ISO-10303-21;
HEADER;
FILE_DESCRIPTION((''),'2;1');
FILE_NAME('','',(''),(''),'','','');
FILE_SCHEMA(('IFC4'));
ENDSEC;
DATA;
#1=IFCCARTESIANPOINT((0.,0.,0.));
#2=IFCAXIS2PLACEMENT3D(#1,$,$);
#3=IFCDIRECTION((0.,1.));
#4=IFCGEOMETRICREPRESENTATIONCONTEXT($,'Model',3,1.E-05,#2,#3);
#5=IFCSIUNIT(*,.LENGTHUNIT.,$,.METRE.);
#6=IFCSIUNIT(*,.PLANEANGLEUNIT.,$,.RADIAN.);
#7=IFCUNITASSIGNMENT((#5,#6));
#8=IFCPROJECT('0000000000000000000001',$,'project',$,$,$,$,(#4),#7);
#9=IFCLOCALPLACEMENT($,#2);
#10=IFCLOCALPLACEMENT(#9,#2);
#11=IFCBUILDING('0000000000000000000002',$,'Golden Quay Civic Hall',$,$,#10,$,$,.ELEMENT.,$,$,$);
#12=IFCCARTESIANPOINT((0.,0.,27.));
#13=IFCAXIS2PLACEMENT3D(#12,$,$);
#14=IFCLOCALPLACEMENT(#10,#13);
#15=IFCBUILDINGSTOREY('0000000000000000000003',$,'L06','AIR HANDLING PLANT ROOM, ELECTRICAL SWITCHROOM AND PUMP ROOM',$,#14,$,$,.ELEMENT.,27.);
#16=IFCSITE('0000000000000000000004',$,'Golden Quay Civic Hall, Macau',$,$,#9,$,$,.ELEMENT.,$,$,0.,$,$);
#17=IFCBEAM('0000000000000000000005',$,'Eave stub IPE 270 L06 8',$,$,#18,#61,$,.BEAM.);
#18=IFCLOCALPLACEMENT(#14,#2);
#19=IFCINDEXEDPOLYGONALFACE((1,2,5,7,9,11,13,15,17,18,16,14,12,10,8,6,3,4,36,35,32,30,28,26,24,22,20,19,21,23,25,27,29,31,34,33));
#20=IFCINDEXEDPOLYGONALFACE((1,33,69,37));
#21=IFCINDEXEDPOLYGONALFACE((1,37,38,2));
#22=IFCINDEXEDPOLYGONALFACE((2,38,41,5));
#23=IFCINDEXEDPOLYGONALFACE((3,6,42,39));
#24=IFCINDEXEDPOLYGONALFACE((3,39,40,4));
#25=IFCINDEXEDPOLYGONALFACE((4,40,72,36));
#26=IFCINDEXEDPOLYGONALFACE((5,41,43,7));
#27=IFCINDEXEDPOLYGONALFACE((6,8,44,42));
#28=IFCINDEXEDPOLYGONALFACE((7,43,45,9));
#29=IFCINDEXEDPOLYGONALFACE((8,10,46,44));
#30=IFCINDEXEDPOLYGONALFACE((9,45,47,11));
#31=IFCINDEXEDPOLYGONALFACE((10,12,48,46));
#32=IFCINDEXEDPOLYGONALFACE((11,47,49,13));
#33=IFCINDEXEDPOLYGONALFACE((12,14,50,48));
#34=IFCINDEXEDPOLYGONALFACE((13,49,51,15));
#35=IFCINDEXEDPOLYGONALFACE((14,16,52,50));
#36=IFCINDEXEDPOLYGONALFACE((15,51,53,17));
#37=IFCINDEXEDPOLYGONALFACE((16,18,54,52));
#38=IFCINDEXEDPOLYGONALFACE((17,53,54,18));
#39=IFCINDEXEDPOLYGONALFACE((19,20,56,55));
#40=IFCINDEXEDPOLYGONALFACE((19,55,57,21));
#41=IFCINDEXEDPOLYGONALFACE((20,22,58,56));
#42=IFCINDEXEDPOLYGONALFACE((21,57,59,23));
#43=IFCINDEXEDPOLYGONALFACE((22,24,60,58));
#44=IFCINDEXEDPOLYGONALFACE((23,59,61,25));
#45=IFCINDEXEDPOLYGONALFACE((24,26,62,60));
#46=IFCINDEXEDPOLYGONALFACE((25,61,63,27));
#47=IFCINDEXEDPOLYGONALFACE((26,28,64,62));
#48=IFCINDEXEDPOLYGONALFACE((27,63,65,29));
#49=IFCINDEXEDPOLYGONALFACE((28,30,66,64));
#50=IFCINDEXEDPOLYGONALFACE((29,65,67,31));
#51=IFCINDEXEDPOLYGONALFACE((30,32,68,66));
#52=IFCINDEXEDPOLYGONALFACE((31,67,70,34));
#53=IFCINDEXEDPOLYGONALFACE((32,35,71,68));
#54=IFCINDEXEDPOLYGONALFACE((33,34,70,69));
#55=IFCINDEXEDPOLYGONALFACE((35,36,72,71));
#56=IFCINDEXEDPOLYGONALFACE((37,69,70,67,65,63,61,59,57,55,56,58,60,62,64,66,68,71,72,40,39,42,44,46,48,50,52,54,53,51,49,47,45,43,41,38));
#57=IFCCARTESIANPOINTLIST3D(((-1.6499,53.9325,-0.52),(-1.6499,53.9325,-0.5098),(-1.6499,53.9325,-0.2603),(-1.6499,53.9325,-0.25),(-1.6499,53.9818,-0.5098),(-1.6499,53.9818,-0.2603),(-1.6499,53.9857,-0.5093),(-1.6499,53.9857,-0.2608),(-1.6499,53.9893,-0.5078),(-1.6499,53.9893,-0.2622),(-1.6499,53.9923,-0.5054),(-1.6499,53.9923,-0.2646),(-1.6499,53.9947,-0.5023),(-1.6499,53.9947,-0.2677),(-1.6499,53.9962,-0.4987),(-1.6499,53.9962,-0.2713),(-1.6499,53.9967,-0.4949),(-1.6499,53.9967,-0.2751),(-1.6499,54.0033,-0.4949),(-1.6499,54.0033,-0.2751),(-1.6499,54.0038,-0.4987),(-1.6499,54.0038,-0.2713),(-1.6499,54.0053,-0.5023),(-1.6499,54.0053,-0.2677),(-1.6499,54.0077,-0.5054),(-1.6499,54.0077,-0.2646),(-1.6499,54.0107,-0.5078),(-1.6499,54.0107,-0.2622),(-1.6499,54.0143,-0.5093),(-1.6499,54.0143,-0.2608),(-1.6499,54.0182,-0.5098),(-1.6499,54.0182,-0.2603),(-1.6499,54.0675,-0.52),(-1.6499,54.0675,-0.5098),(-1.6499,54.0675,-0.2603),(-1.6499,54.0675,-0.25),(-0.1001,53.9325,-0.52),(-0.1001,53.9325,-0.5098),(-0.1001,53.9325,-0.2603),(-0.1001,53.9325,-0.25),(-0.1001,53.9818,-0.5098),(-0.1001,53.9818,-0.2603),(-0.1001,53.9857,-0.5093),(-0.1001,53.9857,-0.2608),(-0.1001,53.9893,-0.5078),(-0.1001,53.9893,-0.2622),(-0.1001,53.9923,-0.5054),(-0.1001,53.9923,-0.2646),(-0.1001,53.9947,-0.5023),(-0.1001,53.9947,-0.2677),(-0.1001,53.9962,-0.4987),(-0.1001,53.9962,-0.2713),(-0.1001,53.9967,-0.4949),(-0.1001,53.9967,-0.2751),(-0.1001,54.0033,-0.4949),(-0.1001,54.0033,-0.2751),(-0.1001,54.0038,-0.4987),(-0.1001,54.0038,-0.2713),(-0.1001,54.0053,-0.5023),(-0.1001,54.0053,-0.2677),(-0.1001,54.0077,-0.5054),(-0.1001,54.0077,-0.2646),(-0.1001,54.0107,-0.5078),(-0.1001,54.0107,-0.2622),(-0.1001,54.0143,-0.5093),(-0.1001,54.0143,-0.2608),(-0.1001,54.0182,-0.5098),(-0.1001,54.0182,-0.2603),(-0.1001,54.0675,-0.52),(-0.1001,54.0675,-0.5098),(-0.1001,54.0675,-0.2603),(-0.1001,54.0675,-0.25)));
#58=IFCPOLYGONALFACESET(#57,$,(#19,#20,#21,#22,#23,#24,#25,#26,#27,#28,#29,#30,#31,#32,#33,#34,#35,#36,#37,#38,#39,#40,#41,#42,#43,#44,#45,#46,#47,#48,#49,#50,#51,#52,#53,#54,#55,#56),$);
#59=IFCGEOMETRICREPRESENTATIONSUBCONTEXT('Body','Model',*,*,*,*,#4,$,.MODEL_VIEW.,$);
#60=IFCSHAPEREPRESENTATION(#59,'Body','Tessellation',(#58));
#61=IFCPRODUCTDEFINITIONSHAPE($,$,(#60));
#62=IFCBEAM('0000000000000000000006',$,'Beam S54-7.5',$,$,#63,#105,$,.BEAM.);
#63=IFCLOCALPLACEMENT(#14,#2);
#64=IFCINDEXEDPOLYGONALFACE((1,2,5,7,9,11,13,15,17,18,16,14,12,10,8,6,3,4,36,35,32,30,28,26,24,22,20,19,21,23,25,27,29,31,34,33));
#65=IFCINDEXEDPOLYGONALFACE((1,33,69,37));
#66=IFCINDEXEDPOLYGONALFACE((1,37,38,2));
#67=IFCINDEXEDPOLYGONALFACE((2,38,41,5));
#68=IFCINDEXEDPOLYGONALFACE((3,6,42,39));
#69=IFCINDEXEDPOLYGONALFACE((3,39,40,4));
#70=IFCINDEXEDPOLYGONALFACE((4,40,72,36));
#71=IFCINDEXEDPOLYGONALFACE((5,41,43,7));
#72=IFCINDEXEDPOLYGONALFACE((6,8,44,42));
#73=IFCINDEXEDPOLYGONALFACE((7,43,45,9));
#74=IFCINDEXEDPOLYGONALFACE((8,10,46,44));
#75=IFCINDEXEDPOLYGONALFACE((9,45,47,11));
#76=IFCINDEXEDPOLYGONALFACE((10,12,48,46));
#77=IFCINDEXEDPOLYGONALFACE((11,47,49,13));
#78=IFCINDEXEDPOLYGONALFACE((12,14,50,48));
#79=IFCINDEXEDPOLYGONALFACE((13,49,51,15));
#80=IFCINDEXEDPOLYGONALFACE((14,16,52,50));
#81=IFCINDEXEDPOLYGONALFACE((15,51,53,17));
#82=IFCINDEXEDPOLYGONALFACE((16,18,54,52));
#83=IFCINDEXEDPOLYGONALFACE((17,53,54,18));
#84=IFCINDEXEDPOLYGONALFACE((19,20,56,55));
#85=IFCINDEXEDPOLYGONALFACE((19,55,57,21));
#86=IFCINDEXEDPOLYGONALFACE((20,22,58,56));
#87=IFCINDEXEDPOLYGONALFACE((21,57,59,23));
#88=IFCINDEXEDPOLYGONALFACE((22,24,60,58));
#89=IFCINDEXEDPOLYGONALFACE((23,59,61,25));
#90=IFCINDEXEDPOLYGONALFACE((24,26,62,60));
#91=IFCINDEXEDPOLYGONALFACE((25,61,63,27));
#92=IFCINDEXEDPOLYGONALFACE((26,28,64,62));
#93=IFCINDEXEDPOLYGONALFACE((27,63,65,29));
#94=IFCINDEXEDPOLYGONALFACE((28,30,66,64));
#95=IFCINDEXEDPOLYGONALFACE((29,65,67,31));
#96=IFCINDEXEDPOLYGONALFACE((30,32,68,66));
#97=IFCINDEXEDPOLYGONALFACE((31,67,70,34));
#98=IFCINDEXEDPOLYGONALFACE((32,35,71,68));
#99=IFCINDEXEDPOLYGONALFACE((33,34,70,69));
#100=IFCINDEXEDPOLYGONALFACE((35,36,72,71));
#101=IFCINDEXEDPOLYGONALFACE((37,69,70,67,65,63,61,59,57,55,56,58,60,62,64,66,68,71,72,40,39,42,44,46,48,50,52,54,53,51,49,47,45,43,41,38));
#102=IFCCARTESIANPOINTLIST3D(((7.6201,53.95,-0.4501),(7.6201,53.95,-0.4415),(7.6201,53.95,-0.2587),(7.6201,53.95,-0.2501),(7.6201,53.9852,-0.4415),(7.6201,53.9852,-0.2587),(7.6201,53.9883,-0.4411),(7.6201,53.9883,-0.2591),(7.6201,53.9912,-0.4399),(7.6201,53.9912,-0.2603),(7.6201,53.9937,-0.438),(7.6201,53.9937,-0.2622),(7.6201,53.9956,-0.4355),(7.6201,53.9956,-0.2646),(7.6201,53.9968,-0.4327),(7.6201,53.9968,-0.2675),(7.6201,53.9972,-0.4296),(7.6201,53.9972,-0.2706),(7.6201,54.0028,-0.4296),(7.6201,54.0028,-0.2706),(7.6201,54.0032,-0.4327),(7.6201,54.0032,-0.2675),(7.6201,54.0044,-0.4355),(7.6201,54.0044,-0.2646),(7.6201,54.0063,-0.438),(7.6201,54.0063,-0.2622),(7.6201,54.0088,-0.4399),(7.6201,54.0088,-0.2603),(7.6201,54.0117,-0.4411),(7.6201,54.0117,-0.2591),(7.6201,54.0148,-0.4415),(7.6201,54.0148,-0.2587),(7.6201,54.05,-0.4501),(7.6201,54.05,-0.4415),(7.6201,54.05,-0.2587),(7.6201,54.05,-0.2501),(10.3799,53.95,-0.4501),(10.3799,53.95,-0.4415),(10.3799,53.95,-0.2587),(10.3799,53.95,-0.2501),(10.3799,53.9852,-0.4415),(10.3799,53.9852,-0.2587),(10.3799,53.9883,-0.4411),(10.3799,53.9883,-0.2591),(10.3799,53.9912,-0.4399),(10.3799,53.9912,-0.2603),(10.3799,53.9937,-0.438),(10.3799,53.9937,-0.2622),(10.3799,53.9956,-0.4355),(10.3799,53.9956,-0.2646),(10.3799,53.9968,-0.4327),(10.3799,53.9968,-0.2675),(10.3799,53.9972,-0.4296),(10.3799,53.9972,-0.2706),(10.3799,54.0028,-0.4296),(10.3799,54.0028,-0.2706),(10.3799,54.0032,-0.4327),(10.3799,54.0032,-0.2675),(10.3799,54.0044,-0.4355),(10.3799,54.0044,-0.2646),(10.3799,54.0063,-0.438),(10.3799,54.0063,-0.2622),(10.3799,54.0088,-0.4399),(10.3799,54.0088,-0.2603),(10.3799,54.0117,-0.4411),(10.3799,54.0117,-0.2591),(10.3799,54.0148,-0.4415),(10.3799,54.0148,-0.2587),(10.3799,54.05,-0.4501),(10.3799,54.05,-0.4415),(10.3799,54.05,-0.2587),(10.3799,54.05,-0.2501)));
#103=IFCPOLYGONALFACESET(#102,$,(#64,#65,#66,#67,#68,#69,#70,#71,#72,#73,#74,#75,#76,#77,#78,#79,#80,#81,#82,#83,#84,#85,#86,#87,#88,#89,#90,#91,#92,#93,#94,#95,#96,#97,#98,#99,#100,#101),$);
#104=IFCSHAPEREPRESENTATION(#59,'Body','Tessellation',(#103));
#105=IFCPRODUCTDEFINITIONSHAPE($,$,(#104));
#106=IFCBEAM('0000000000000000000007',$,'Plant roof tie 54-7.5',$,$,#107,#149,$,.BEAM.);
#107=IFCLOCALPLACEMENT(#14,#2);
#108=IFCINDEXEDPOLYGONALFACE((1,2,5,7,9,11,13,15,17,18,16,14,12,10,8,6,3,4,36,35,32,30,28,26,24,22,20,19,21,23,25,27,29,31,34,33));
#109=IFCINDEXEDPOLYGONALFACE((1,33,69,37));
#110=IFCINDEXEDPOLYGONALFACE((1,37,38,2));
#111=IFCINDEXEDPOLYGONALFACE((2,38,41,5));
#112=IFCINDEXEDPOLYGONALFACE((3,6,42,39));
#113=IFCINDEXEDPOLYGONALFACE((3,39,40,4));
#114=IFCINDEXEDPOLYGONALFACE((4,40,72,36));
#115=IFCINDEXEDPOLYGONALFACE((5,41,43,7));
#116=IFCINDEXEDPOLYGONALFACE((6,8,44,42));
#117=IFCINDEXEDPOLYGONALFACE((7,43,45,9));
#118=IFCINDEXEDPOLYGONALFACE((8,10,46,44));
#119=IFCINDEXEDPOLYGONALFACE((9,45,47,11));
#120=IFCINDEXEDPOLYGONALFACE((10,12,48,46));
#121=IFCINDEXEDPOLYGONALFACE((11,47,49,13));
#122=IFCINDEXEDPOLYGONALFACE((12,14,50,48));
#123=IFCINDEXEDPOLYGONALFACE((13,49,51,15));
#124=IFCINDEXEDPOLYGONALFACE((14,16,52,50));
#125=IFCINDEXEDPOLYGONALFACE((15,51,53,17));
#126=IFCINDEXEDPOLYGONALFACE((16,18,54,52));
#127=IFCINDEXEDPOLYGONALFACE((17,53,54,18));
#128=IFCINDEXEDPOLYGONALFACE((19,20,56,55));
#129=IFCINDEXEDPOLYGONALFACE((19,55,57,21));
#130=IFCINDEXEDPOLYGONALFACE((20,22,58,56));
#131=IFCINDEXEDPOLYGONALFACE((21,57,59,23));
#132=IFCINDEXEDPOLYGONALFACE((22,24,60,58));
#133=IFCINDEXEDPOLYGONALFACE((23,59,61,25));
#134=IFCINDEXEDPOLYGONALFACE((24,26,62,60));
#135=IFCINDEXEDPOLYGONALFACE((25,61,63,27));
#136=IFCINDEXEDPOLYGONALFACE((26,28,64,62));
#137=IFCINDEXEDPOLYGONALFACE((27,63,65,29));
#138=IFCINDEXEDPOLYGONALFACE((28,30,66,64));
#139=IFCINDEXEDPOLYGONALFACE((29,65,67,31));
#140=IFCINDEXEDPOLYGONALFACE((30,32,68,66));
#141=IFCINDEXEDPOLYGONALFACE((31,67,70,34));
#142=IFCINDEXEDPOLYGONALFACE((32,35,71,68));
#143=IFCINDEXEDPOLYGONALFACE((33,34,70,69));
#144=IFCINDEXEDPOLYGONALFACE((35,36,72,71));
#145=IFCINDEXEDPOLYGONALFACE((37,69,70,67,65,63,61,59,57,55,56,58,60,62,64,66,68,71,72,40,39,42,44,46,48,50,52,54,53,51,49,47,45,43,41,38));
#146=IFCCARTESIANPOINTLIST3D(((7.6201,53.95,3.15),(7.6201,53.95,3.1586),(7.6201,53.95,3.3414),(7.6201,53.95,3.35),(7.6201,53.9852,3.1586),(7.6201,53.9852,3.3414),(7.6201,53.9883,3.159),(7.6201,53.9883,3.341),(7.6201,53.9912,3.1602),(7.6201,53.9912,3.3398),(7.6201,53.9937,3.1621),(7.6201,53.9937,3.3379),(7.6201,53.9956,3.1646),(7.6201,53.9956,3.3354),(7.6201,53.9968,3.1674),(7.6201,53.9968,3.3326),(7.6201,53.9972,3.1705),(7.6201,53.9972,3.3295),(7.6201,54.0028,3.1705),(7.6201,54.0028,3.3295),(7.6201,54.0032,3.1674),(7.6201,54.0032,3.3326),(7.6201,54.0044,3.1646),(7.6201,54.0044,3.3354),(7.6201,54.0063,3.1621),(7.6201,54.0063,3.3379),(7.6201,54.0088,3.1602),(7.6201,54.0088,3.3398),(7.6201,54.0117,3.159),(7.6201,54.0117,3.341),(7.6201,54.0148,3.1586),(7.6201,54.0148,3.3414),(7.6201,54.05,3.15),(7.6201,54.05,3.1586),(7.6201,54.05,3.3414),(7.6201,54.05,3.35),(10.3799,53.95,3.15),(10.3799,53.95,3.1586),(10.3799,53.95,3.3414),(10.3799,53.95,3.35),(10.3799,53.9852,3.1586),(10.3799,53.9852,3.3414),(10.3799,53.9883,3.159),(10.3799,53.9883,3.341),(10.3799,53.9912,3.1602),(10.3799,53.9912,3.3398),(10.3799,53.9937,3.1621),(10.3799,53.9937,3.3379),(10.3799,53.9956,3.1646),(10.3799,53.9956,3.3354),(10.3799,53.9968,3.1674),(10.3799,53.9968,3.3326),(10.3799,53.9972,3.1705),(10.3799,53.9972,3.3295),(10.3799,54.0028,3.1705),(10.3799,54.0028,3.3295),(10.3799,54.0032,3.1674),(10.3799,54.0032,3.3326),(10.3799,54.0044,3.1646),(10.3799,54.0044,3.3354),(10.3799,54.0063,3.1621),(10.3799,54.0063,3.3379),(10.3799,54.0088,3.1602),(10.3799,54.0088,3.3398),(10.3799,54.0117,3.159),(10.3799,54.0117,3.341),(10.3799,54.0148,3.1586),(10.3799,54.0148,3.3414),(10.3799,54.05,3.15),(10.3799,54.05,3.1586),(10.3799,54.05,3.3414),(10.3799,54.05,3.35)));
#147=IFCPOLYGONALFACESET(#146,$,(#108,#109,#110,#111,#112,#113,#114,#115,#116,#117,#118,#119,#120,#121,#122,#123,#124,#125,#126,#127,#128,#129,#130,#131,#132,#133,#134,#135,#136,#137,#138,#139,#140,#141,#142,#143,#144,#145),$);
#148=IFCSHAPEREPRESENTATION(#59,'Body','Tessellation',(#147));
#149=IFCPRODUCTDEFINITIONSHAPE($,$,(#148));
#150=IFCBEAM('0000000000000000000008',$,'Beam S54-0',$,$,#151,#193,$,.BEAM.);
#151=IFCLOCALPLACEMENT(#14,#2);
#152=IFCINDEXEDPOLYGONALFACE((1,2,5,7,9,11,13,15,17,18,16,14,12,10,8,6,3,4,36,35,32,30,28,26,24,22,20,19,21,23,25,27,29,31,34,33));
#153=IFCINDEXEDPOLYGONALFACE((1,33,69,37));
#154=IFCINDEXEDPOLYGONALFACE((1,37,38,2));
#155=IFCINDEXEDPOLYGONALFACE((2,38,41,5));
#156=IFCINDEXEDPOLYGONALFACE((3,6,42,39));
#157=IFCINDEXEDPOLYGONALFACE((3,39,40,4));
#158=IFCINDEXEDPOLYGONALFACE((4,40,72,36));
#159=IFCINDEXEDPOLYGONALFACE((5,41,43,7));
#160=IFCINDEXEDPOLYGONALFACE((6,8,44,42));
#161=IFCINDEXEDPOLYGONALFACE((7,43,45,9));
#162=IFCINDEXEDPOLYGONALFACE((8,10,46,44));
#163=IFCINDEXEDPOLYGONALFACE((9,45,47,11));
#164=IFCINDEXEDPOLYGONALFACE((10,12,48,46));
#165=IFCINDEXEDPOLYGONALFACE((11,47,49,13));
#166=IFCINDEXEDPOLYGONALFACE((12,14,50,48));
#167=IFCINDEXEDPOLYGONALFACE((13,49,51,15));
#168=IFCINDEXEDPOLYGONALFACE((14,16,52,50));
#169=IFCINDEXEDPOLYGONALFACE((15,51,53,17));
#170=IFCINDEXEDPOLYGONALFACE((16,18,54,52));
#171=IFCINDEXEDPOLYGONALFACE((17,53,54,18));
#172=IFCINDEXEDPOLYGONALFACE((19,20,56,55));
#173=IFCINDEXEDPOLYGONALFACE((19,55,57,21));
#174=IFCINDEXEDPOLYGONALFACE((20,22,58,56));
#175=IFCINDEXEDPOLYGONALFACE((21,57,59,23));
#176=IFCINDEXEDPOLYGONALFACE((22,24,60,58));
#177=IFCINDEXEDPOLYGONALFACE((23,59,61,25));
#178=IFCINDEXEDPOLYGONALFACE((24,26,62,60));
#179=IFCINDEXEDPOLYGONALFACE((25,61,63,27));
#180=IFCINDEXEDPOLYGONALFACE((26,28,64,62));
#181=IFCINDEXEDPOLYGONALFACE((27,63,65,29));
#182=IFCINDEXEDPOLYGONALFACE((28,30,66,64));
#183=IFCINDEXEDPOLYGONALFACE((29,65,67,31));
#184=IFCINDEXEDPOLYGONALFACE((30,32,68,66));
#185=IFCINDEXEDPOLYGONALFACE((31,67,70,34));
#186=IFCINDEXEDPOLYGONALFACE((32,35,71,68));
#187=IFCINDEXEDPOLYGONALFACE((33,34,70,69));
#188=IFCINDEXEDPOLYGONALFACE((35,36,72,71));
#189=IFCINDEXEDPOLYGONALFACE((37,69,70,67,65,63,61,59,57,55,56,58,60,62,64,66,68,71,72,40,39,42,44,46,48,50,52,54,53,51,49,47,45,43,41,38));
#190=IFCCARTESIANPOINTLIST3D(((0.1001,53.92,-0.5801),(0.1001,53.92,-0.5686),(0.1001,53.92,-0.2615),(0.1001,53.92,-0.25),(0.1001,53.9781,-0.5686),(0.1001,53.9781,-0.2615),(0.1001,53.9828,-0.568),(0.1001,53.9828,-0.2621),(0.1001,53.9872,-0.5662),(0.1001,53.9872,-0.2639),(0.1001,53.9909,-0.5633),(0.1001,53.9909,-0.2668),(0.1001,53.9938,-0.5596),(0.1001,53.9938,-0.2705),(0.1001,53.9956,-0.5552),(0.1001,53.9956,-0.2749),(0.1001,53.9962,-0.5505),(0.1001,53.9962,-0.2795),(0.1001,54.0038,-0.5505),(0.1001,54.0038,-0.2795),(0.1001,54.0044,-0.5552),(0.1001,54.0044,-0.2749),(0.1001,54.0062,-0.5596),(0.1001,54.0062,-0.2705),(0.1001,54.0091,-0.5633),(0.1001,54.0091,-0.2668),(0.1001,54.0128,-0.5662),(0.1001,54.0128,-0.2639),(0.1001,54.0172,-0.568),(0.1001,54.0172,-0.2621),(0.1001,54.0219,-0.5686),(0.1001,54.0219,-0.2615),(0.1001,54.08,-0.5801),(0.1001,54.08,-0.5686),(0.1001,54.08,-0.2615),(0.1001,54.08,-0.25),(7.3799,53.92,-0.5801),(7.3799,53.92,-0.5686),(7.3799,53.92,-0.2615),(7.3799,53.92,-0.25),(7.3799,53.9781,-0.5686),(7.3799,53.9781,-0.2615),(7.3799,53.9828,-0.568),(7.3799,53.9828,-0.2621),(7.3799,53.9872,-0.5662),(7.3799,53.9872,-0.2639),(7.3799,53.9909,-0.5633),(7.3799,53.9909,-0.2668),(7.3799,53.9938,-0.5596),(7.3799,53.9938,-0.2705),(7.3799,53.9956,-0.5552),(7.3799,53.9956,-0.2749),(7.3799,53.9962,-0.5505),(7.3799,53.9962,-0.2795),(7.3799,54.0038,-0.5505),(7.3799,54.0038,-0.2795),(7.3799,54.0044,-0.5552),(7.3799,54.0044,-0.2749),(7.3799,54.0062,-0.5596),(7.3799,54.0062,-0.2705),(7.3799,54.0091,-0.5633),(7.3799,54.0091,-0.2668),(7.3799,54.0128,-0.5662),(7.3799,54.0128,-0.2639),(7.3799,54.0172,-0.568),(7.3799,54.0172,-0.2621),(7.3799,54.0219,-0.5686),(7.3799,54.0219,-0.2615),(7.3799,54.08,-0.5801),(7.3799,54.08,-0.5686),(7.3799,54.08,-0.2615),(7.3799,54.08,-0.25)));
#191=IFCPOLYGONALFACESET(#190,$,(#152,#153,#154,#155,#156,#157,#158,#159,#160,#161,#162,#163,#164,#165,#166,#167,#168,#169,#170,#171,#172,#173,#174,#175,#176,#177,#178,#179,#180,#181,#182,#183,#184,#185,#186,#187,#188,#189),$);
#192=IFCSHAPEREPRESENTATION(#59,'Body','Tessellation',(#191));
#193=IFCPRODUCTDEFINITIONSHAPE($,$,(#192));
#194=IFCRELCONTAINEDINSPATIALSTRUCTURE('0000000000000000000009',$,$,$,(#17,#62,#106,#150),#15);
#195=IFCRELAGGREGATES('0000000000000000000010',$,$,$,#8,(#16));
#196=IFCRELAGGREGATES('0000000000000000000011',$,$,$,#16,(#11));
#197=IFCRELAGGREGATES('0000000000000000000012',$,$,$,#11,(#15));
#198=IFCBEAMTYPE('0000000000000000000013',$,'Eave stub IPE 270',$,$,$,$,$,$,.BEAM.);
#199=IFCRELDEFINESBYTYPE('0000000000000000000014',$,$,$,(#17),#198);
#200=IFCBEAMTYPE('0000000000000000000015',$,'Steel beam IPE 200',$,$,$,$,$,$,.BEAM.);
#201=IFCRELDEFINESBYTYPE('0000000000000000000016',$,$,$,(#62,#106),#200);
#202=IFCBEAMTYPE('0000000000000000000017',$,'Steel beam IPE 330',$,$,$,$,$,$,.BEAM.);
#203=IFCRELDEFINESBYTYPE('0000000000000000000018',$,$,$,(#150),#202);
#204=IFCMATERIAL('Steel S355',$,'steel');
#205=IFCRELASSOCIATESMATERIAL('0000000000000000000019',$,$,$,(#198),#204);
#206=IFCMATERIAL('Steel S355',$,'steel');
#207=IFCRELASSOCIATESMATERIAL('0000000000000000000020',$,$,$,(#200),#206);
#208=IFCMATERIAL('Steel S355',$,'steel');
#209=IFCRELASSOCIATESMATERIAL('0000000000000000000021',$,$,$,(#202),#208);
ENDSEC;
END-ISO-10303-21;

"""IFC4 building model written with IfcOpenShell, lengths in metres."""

from ifc_helpers import new_model, si_unit, direction, frame, origin, origin_2d, place, context, subcontext, project, spatial, i_section, extrude, material, material_profile, profile_set, type_object, element, save


model = new_model("IFC4")

# Units and contexts
model_context = context("Model", 3, precision=1e-05, world=origin(), true_north=direction((0.0, 1.0)))
body_context = subcontext(model_context, "Body", "Model", "MODEL_VIEW")
ifc_project = project(units=[si_unit("LENGTHUNIT", "METRE"), si_unit("PLANEANGLEUNIT", "RADIAN")], contexts=[model_context])

# Site, building, storey
site_placement = place(None, origin())
site = spatial("IfcSite", under=ifc_project, at=site_placement, Name="Golden Quay Civic Hall, Macau", CompositionType="ELEMENT", RefElevation=0.0)
building_placement = place(site_placement, origin())
building = spatial("IfcBuilding", under=site, at=building_placement, Name="Golden Quay Civic Hall", CompositionType="ELEMENT")
storey_placement = place(building_placement, frame((0.0, 0.0, 27.0)))
storey = spatial("IfcBuildingStorey", under=building, at=storey_placement, Name="L06", Description="AIR HANDLING PLANT ROOM, ELECTRICAL SWITCHROOM AND PUMP ROOM", CompositionType="ELEMENT", Elevation=27.0)

# Beams
ifc_material_1 = material(Name="Steel S355", Category="steel")
ifc_material_profile_1 = material_profile(ifc_material_1, i_section(OverallWidth=0.135, OverallDepth=0.27, WebThickness=0.0066, FlangeThickness=0.0103, FilletRadius=0.0149, at=origin_2d()), Name="IPE 270")
ifc_profile_set_1 = profile_set([ifc_material_profile_1], Name="Steel S355")
beam_type_1 = type_object("IfcBeamType", Name="Eave stub IPE 270", PredefinedType="BEAM", material=ifc_profile_set_1)
beam_1_placement = place(storey_placement, frame((-0.1001, 54.0, -0.385), z_axis=(-1.0, 0.0, 0.0), x_axis=(0.0, -1.0, 0.0)))
element("IfcBeam", 1, at=beam_1_placement, inside=storey, type_object=beam_type_1, Name="Eave stub IPE 270 L06 8", PredefinedType="BEAM", context=body_context, shape_type="SweptSolid", body=[
    extrude(i_section(OverallWidth=0.135, OverallDepth=0.27, WebThickness=0.0066, FlangeThickness=0.0103, FilletRadius=0.0149, at=origin_2d()), origin(), (0.0, 0.0, 1.0), 1.5498),
])
ifc_material_2 = material(Name="Steel S355", Category="steel")
ifc_material_profile_2 = material_profile(ifc_material_2, i_section(OverallWidth=0.1001, OverallDepth=0.2, WebThickness=0.0056, FlangeThickness=0.0085, FilletRadius=0.012, at=origin_2d()), Name="IPE 200")
ifc_profile_set_2 = profile_set([ifc_material_profile_2], Name="Steel S355")
beam_type_2 = type_object("IfcBeamType", Name="Steel beam IPE 200", PredefinedType="BEAM", material=ifc_profile_set_2)
for number, where, z_axis, x_axis, name in (
    (2, (7.6201, 54.0, -0.3501), (1.0, 0.0, 0.0), (0.0, 1.0, 0.0), "Beam S54-7.5"),
    (3, (7.6201, 54.0, 3.25), (1.0, 0.0, 0.0), (0.0, 1.0, 0.0), "Plant roof tie 54-7.5"),
):
    element("IfcBeam", number, at=place(storey_placement, frame(where, z_axis=z_axis, x_axis=x_axis)), inside=storey, type_object=beam_type_2, Name=name, PredefinedType="BEAM", context=body_context, shape_type="SweptSolid", body=[
        extrude(i_section(OverallWidth=0.1001, OverallDepth=0.2, WebThickness=0.0056, FlangeThickness=0.0085, FilletRadius=0.012, at=origin_2d()), origin(), (0.0, 0.0, 1.0), 2.7598),
    ])
ifc_material_3 = material(Name="Steel S355", Category="steel")
ifc_material_profile_3 = material_profile(ifc_material_3, i_section(OverallWidth=0.1599, OverallDepth=0.3301, WebThickness=0.0076, FlangeThickness=0.0115, FilletRadius=0.0181, at=origin_2d()), Name="IPE 330")
ifc_profile_set_3 = profile_set([ifc_material_profile_3], Name="Steel S355")
beam_type_3 = type_object("IfcBeamType", Name="Steel beam IPE 330", PredefinedType="BEAM", material=ifc_profile_set_3)
for number, where, z_axis, x_axis, name in (
    (4, (0.1001, 54.0, -0.415), (1.0, 0.0, 0.0), (0.0, 1.0, 0.0), "Beam S54-0"),
):
    element("IfcBeam", number, at=place(storey_placement, frame(where, z_axis=z_axis, x_axis=x_axis)), inside=storey, type_object=beam_type_3, Name=name, PredefinedType="BEAM", context=body_context, shape_type="SweptSolid", body=[
        extrude(i_section(OverallWidth=0.1599, OverallDepth=0.3301, WebThickness=0.0076, FlangeThickness=0.0115, FilletRadius=0.0181, at=origin_2d()), origin(), (0.0, 0.0, 1.0), 7.2798),
    ])

save(model, "model.ifc")
